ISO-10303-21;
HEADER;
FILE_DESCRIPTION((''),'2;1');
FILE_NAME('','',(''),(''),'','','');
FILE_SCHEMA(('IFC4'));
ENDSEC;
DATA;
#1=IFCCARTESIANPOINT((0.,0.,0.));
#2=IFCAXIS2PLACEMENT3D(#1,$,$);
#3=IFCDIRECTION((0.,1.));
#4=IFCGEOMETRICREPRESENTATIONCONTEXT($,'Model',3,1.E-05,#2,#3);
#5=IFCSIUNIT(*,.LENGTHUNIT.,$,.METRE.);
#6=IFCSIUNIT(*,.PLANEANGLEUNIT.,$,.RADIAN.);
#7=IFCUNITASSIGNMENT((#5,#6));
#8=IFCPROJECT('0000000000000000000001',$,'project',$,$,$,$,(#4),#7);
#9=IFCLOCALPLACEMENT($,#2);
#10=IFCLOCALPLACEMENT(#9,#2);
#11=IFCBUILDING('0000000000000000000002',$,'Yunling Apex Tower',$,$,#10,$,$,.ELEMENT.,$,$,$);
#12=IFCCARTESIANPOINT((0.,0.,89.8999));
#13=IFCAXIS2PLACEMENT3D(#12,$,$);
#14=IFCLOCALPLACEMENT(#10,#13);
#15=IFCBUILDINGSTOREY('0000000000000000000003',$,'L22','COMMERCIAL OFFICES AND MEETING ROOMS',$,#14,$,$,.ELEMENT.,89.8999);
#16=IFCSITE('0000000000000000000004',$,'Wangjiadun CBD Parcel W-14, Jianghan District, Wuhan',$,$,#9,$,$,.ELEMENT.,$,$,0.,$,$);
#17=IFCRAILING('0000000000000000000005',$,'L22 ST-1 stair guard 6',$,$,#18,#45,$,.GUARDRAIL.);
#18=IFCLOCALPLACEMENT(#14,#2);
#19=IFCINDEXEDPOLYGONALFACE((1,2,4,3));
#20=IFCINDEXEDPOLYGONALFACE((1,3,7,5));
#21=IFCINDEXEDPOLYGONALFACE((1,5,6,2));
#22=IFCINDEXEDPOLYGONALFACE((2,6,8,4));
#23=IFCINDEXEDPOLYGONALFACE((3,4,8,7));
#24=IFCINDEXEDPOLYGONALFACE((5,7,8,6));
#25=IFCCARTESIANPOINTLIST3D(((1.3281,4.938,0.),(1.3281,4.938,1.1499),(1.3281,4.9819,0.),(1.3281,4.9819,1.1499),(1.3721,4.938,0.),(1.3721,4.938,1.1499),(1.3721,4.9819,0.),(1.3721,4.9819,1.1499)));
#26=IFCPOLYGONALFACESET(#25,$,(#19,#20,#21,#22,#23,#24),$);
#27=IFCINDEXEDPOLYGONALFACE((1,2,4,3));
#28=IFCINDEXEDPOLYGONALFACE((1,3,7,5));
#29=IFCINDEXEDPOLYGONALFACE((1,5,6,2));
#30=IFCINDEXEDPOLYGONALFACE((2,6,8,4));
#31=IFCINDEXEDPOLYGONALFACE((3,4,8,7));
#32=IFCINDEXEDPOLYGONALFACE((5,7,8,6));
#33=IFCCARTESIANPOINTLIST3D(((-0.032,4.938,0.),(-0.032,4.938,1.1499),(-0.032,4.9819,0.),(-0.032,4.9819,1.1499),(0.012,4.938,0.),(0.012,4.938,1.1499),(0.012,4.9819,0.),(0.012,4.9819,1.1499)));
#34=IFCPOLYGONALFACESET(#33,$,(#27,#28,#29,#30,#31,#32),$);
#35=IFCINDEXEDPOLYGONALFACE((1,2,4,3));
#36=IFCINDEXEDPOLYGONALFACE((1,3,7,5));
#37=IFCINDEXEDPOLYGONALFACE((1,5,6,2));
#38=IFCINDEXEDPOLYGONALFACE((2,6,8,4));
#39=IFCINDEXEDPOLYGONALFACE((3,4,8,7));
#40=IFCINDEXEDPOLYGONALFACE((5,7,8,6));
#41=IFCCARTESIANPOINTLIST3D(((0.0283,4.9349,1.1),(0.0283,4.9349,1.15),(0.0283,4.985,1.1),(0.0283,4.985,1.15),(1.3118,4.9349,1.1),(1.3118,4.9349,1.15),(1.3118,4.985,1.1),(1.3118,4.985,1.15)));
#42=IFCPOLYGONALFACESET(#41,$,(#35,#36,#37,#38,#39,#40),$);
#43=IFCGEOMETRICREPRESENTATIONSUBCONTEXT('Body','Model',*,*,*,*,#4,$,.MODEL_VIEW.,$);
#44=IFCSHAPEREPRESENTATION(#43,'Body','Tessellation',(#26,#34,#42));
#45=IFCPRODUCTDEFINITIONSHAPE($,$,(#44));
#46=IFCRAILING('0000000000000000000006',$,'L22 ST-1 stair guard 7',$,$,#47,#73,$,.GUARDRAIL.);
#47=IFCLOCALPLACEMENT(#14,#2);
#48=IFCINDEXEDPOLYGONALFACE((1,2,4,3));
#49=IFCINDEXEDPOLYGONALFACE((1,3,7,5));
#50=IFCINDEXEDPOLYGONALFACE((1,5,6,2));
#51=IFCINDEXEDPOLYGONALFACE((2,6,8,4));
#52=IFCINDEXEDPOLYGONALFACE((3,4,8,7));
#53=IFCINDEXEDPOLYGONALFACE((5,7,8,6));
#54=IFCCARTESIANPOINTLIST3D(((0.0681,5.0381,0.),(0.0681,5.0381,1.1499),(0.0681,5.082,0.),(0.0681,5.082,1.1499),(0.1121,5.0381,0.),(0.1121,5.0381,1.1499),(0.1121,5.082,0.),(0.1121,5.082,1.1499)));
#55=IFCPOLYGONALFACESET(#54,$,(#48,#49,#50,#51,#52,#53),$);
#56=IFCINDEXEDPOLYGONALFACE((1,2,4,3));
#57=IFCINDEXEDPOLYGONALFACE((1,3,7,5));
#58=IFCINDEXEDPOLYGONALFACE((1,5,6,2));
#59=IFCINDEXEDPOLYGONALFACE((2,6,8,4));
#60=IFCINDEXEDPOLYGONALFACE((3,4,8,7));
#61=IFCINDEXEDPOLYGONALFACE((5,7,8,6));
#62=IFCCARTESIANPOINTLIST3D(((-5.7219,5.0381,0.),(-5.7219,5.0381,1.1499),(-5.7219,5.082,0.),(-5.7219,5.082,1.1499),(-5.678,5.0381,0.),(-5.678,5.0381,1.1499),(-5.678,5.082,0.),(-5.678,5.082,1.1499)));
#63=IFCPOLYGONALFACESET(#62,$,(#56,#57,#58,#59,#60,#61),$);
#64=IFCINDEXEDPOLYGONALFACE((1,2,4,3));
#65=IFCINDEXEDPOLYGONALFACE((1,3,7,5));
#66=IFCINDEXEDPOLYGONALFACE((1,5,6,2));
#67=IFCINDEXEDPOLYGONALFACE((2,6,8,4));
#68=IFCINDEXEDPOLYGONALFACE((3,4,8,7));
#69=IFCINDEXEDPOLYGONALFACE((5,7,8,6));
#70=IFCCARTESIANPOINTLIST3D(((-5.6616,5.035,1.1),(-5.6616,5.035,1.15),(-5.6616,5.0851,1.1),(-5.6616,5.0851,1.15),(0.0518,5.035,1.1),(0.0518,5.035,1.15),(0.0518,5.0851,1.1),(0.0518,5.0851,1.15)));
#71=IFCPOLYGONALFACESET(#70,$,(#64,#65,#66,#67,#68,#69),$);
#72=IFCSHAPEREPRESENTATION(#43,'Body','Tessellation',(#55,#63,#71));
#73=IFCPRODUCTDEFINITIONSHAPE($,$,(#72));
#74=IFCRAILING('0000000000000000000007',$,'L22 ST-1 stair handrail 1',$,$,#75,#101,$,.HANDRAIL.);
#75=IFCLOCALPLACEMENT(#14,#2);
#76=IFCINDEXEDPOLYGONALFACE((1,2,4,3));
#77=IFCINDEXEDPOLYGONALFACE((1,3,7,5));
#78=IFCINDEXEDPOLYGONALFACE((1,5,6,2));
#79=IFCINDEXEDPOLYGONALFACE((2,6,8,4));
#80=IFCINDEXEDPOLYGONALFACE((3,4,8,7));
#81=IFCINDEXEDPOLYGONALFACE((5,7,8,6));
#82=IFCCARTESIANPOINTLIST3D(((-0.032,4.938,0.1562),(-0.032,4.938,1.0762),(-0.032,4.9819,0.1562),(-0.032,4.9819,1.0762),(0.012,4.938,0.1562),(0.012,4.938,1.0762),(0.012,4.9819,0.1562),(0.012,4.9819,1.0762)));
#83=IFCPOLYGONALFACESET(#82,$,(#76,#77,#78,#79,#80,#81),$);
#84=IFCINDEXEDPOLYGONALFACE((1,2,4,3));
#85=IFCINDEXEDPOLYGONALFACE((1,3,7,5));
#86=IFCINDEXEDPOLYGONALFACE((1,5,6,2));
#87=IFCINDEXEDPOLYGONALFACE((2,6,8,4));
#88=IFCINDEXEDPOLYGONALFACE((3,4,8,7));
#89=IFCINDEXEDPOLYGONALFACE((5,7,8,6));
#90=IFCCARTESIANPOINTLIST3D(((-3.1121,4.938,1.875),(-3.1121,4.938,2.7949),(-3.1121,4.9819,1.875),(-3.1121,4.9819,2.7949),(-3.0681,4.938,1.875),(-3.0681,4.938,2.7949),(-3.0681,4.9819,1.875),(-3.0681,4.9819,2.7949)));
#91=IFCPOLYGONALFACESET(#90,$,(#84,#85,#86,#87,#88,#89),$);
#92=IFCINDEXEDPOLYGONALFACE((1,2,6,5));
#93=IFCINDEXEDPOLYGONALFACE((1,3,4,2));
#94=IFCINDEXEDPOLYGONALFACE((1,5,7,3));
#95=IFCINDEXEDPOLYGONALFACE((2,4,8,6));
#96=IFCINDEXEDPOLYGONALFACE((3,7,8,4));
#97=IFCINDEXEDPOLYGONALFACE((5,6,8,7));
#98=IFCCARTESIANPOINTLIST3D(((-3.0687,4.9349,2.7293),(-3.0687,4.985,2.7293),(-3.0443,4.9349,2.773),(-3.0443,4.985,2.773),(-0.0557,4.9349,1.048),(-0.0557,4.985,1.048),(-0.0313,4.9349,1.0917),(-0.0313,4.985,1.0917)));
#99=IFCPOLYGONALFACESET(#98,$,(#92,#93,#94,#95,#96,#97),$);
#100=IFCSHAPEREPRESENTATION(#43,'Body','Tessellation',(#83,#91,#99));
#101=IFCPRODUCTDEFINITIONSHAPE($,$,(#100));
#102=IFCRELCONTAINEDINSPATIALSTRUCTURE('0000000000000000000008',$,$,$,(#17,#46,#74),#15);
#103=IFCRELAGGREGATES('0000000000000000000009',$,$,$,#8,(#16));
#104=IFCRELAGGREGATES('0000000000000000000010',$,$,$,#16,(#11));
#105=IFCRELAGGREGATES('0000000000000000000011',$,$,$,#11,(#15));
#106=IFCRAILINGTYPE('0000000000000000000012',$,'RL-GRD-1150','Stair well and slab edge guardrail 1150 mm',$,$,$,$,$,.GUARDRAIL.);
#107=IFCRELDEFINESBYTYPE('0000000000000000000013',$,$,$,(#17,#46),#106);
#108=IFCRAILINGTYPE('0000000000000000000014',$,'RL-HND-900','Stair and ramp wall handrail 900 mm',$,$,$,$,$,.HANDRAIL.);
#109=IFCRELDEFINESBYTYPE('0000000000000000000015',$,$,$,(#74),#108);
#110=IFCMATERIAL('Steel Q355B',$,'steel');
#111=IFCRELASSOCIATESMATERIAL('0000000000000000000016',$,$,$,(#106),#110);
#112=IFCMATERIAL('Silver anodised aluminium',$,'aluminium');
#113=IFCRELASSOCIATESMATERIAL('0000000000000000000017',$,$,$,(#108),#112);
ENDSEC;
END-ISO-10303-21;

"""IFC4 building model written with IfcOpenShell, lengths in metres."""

from ifc_helpers import new_model, si_unit, direction, frame, origin, origin_2d, place, context, subcontext, project, spatial, rectangle, extrude, material, type_object, element, save


model = new_model("IFC4")

# Units and contexts
model_context = context("Model", 3, precision=1e-05, world=origin(), true_north=direction((0.0, 1.0)))
body_context = subcontext(model_context, "Body", "Model", "MODEL_VIEW")
ifc_project = project(units=[si_unit("LENGTHUNIT", "METRE"), si_unit("PLANEANGLEUNIT", "RADIAN")], contexts=[model_context])

# Site, building, storey
site_placement = place(None, origin())
site = spatial("IfcSite", under=ifc_project, at=site_placement, Name="Wangjiadun CBD Parcel W-14, Jianghan District, Wuhan", CompositionType="ELEMENT", RefElevation=0.0)
building_placement = place(site_placement, origin())
building = spatial("IfcBuilding", under=site, at=building_placement, Name="Yunling Apex Tower", CompositionType="ELEMENT")
storey_placement = place(building_placement, frame((0.0, 0.0, 89.8999)))
storey = spatial("IfcBuildingStorey", under=building, at=storey_placement, Name="L22", Description="COMMERCIAL OFFICES AND MEETING ROOMS", CompositionType="ELEMENT", Elevation=89.8999)

# Shared definitions
ifc_material_1 = material(Name="Steel Q355B", Category="steel")

# Railings
railing_type_1 = type_object("IfcRailingType", Name="RL-GRD-1150", Description="Stair well and slab edge guardrail 1150 mm", PredefinedType="GUARDRAIL", material=ifc_material_1)
railing_1_placement = place(storey_placement, frame((1.3501, 4.96, 0.0)))
element("IfcRailing", 1, at=railing_1_placement, inside=storey, type_object=railing_type_1, Name="L22 ST-1 stair guard 6", PredefinedType="GUARDRAIL", context=body_context, shape_type="SweptSolid", body=[
    extrude(rectangle(XDim=0.0439, YDim=0.0439, at=origin_2d()), origin(), (0.0, 0.0, 1.0), 1.1499),
    extrude(rectangle(XDim=0.0439, YDim=0.0439, at=origin_2d()), frame((-1.3601, 0.0, 0.0)), (0.0, 0.0, 1.0), 1.1499),
    extrude(rectangle(XDim=0.05, YDim=0.05, at=origin_2d()), frame((-0.0383, 0.0, 1.125), z_axis=(-1.0, 0.0, 0.0), x_axis=(0.0, -1.0, 0.0)), (0.0, 0.0, 1.0), 1.2834),
])
railing_2_placement = place(storey_placement, frame((0.0901, 5.0601, 0.0)))
element("IfcRailing", 2, at=railing_2_placement, inside=storey, type_object=railing_type_1, Name="L22 ST-1 stair guard 7", PredefinedType="GUARDRAIL", context=body_context, shape_type="SweptSolid", body=[
    extrude(rectangle(XDim=0.0439, YDim=0.0439, at=origin_2d()), origin(), (0.0, 0.0, 1.0), 1.1499),
    extrude(rectangle(XDim=0.0439, YDim=0.0439, at=origin_2d()), frame((-5.79, 0.0, 0.0)), (0.0, 0.0, 1.0), 1.1499),
    extrude(rectangle(XDim=0.05, YDim=0.05, at=origin_2d()), frame((-0.0383, 0.0, 1.125), z_axis=(-1.0, 0.0, 0.0), x_axis=(0.0, -1.0, 0.0)), (0.0, 0.0, 1.0), 5.7134),
])
ifc_material_2 = material(Name="Silver anodised aluminium", Category="aluminium")
railing_type_2 = type_object("IfcRailingType", Name="RL-HND-900", Description="Stair and ramp wall handrail 900 mm", PredefinedType="HANDRAIL", material=ifc_material_2)
railing_3_placement = place(storey_placement, frame((-0.01, 4.96, 0.1562)))
element("IfcRailing", 3, at=railing_3_placement, inside=storey, type_object=railing_type_2, Name="L22 ST-1 stair handrail 1", PredefinedType="HANDRAIL", context=body_context, shape_type="SweptSolid", body=[
    extrude(rectangle(XDim=0.0439, YDim=0.0439, at=origin_2d()), origin(), (0.0, 0.0, 1.0), 0.9199),
    extrude(rectangle(XDim=0.0439, YDim=0.0439, at=origin_2d()), frame((-3.0801, 0.0, 1.7188)), (0.0, 0.0, 1.0), 0.9199),
    extrude(rectangle(XDim=0.05, YDim=0.05, at=origin_2d()), frame((-0.0334, 0.0, 0.9136), z_axis=(-0.873242, 0.0, 0.487288), x_axis=(0.0, -1.0, 0.0)), (0.0, 0.0, 1.0), 3.4504),
])

save(model, "model.ifc")
